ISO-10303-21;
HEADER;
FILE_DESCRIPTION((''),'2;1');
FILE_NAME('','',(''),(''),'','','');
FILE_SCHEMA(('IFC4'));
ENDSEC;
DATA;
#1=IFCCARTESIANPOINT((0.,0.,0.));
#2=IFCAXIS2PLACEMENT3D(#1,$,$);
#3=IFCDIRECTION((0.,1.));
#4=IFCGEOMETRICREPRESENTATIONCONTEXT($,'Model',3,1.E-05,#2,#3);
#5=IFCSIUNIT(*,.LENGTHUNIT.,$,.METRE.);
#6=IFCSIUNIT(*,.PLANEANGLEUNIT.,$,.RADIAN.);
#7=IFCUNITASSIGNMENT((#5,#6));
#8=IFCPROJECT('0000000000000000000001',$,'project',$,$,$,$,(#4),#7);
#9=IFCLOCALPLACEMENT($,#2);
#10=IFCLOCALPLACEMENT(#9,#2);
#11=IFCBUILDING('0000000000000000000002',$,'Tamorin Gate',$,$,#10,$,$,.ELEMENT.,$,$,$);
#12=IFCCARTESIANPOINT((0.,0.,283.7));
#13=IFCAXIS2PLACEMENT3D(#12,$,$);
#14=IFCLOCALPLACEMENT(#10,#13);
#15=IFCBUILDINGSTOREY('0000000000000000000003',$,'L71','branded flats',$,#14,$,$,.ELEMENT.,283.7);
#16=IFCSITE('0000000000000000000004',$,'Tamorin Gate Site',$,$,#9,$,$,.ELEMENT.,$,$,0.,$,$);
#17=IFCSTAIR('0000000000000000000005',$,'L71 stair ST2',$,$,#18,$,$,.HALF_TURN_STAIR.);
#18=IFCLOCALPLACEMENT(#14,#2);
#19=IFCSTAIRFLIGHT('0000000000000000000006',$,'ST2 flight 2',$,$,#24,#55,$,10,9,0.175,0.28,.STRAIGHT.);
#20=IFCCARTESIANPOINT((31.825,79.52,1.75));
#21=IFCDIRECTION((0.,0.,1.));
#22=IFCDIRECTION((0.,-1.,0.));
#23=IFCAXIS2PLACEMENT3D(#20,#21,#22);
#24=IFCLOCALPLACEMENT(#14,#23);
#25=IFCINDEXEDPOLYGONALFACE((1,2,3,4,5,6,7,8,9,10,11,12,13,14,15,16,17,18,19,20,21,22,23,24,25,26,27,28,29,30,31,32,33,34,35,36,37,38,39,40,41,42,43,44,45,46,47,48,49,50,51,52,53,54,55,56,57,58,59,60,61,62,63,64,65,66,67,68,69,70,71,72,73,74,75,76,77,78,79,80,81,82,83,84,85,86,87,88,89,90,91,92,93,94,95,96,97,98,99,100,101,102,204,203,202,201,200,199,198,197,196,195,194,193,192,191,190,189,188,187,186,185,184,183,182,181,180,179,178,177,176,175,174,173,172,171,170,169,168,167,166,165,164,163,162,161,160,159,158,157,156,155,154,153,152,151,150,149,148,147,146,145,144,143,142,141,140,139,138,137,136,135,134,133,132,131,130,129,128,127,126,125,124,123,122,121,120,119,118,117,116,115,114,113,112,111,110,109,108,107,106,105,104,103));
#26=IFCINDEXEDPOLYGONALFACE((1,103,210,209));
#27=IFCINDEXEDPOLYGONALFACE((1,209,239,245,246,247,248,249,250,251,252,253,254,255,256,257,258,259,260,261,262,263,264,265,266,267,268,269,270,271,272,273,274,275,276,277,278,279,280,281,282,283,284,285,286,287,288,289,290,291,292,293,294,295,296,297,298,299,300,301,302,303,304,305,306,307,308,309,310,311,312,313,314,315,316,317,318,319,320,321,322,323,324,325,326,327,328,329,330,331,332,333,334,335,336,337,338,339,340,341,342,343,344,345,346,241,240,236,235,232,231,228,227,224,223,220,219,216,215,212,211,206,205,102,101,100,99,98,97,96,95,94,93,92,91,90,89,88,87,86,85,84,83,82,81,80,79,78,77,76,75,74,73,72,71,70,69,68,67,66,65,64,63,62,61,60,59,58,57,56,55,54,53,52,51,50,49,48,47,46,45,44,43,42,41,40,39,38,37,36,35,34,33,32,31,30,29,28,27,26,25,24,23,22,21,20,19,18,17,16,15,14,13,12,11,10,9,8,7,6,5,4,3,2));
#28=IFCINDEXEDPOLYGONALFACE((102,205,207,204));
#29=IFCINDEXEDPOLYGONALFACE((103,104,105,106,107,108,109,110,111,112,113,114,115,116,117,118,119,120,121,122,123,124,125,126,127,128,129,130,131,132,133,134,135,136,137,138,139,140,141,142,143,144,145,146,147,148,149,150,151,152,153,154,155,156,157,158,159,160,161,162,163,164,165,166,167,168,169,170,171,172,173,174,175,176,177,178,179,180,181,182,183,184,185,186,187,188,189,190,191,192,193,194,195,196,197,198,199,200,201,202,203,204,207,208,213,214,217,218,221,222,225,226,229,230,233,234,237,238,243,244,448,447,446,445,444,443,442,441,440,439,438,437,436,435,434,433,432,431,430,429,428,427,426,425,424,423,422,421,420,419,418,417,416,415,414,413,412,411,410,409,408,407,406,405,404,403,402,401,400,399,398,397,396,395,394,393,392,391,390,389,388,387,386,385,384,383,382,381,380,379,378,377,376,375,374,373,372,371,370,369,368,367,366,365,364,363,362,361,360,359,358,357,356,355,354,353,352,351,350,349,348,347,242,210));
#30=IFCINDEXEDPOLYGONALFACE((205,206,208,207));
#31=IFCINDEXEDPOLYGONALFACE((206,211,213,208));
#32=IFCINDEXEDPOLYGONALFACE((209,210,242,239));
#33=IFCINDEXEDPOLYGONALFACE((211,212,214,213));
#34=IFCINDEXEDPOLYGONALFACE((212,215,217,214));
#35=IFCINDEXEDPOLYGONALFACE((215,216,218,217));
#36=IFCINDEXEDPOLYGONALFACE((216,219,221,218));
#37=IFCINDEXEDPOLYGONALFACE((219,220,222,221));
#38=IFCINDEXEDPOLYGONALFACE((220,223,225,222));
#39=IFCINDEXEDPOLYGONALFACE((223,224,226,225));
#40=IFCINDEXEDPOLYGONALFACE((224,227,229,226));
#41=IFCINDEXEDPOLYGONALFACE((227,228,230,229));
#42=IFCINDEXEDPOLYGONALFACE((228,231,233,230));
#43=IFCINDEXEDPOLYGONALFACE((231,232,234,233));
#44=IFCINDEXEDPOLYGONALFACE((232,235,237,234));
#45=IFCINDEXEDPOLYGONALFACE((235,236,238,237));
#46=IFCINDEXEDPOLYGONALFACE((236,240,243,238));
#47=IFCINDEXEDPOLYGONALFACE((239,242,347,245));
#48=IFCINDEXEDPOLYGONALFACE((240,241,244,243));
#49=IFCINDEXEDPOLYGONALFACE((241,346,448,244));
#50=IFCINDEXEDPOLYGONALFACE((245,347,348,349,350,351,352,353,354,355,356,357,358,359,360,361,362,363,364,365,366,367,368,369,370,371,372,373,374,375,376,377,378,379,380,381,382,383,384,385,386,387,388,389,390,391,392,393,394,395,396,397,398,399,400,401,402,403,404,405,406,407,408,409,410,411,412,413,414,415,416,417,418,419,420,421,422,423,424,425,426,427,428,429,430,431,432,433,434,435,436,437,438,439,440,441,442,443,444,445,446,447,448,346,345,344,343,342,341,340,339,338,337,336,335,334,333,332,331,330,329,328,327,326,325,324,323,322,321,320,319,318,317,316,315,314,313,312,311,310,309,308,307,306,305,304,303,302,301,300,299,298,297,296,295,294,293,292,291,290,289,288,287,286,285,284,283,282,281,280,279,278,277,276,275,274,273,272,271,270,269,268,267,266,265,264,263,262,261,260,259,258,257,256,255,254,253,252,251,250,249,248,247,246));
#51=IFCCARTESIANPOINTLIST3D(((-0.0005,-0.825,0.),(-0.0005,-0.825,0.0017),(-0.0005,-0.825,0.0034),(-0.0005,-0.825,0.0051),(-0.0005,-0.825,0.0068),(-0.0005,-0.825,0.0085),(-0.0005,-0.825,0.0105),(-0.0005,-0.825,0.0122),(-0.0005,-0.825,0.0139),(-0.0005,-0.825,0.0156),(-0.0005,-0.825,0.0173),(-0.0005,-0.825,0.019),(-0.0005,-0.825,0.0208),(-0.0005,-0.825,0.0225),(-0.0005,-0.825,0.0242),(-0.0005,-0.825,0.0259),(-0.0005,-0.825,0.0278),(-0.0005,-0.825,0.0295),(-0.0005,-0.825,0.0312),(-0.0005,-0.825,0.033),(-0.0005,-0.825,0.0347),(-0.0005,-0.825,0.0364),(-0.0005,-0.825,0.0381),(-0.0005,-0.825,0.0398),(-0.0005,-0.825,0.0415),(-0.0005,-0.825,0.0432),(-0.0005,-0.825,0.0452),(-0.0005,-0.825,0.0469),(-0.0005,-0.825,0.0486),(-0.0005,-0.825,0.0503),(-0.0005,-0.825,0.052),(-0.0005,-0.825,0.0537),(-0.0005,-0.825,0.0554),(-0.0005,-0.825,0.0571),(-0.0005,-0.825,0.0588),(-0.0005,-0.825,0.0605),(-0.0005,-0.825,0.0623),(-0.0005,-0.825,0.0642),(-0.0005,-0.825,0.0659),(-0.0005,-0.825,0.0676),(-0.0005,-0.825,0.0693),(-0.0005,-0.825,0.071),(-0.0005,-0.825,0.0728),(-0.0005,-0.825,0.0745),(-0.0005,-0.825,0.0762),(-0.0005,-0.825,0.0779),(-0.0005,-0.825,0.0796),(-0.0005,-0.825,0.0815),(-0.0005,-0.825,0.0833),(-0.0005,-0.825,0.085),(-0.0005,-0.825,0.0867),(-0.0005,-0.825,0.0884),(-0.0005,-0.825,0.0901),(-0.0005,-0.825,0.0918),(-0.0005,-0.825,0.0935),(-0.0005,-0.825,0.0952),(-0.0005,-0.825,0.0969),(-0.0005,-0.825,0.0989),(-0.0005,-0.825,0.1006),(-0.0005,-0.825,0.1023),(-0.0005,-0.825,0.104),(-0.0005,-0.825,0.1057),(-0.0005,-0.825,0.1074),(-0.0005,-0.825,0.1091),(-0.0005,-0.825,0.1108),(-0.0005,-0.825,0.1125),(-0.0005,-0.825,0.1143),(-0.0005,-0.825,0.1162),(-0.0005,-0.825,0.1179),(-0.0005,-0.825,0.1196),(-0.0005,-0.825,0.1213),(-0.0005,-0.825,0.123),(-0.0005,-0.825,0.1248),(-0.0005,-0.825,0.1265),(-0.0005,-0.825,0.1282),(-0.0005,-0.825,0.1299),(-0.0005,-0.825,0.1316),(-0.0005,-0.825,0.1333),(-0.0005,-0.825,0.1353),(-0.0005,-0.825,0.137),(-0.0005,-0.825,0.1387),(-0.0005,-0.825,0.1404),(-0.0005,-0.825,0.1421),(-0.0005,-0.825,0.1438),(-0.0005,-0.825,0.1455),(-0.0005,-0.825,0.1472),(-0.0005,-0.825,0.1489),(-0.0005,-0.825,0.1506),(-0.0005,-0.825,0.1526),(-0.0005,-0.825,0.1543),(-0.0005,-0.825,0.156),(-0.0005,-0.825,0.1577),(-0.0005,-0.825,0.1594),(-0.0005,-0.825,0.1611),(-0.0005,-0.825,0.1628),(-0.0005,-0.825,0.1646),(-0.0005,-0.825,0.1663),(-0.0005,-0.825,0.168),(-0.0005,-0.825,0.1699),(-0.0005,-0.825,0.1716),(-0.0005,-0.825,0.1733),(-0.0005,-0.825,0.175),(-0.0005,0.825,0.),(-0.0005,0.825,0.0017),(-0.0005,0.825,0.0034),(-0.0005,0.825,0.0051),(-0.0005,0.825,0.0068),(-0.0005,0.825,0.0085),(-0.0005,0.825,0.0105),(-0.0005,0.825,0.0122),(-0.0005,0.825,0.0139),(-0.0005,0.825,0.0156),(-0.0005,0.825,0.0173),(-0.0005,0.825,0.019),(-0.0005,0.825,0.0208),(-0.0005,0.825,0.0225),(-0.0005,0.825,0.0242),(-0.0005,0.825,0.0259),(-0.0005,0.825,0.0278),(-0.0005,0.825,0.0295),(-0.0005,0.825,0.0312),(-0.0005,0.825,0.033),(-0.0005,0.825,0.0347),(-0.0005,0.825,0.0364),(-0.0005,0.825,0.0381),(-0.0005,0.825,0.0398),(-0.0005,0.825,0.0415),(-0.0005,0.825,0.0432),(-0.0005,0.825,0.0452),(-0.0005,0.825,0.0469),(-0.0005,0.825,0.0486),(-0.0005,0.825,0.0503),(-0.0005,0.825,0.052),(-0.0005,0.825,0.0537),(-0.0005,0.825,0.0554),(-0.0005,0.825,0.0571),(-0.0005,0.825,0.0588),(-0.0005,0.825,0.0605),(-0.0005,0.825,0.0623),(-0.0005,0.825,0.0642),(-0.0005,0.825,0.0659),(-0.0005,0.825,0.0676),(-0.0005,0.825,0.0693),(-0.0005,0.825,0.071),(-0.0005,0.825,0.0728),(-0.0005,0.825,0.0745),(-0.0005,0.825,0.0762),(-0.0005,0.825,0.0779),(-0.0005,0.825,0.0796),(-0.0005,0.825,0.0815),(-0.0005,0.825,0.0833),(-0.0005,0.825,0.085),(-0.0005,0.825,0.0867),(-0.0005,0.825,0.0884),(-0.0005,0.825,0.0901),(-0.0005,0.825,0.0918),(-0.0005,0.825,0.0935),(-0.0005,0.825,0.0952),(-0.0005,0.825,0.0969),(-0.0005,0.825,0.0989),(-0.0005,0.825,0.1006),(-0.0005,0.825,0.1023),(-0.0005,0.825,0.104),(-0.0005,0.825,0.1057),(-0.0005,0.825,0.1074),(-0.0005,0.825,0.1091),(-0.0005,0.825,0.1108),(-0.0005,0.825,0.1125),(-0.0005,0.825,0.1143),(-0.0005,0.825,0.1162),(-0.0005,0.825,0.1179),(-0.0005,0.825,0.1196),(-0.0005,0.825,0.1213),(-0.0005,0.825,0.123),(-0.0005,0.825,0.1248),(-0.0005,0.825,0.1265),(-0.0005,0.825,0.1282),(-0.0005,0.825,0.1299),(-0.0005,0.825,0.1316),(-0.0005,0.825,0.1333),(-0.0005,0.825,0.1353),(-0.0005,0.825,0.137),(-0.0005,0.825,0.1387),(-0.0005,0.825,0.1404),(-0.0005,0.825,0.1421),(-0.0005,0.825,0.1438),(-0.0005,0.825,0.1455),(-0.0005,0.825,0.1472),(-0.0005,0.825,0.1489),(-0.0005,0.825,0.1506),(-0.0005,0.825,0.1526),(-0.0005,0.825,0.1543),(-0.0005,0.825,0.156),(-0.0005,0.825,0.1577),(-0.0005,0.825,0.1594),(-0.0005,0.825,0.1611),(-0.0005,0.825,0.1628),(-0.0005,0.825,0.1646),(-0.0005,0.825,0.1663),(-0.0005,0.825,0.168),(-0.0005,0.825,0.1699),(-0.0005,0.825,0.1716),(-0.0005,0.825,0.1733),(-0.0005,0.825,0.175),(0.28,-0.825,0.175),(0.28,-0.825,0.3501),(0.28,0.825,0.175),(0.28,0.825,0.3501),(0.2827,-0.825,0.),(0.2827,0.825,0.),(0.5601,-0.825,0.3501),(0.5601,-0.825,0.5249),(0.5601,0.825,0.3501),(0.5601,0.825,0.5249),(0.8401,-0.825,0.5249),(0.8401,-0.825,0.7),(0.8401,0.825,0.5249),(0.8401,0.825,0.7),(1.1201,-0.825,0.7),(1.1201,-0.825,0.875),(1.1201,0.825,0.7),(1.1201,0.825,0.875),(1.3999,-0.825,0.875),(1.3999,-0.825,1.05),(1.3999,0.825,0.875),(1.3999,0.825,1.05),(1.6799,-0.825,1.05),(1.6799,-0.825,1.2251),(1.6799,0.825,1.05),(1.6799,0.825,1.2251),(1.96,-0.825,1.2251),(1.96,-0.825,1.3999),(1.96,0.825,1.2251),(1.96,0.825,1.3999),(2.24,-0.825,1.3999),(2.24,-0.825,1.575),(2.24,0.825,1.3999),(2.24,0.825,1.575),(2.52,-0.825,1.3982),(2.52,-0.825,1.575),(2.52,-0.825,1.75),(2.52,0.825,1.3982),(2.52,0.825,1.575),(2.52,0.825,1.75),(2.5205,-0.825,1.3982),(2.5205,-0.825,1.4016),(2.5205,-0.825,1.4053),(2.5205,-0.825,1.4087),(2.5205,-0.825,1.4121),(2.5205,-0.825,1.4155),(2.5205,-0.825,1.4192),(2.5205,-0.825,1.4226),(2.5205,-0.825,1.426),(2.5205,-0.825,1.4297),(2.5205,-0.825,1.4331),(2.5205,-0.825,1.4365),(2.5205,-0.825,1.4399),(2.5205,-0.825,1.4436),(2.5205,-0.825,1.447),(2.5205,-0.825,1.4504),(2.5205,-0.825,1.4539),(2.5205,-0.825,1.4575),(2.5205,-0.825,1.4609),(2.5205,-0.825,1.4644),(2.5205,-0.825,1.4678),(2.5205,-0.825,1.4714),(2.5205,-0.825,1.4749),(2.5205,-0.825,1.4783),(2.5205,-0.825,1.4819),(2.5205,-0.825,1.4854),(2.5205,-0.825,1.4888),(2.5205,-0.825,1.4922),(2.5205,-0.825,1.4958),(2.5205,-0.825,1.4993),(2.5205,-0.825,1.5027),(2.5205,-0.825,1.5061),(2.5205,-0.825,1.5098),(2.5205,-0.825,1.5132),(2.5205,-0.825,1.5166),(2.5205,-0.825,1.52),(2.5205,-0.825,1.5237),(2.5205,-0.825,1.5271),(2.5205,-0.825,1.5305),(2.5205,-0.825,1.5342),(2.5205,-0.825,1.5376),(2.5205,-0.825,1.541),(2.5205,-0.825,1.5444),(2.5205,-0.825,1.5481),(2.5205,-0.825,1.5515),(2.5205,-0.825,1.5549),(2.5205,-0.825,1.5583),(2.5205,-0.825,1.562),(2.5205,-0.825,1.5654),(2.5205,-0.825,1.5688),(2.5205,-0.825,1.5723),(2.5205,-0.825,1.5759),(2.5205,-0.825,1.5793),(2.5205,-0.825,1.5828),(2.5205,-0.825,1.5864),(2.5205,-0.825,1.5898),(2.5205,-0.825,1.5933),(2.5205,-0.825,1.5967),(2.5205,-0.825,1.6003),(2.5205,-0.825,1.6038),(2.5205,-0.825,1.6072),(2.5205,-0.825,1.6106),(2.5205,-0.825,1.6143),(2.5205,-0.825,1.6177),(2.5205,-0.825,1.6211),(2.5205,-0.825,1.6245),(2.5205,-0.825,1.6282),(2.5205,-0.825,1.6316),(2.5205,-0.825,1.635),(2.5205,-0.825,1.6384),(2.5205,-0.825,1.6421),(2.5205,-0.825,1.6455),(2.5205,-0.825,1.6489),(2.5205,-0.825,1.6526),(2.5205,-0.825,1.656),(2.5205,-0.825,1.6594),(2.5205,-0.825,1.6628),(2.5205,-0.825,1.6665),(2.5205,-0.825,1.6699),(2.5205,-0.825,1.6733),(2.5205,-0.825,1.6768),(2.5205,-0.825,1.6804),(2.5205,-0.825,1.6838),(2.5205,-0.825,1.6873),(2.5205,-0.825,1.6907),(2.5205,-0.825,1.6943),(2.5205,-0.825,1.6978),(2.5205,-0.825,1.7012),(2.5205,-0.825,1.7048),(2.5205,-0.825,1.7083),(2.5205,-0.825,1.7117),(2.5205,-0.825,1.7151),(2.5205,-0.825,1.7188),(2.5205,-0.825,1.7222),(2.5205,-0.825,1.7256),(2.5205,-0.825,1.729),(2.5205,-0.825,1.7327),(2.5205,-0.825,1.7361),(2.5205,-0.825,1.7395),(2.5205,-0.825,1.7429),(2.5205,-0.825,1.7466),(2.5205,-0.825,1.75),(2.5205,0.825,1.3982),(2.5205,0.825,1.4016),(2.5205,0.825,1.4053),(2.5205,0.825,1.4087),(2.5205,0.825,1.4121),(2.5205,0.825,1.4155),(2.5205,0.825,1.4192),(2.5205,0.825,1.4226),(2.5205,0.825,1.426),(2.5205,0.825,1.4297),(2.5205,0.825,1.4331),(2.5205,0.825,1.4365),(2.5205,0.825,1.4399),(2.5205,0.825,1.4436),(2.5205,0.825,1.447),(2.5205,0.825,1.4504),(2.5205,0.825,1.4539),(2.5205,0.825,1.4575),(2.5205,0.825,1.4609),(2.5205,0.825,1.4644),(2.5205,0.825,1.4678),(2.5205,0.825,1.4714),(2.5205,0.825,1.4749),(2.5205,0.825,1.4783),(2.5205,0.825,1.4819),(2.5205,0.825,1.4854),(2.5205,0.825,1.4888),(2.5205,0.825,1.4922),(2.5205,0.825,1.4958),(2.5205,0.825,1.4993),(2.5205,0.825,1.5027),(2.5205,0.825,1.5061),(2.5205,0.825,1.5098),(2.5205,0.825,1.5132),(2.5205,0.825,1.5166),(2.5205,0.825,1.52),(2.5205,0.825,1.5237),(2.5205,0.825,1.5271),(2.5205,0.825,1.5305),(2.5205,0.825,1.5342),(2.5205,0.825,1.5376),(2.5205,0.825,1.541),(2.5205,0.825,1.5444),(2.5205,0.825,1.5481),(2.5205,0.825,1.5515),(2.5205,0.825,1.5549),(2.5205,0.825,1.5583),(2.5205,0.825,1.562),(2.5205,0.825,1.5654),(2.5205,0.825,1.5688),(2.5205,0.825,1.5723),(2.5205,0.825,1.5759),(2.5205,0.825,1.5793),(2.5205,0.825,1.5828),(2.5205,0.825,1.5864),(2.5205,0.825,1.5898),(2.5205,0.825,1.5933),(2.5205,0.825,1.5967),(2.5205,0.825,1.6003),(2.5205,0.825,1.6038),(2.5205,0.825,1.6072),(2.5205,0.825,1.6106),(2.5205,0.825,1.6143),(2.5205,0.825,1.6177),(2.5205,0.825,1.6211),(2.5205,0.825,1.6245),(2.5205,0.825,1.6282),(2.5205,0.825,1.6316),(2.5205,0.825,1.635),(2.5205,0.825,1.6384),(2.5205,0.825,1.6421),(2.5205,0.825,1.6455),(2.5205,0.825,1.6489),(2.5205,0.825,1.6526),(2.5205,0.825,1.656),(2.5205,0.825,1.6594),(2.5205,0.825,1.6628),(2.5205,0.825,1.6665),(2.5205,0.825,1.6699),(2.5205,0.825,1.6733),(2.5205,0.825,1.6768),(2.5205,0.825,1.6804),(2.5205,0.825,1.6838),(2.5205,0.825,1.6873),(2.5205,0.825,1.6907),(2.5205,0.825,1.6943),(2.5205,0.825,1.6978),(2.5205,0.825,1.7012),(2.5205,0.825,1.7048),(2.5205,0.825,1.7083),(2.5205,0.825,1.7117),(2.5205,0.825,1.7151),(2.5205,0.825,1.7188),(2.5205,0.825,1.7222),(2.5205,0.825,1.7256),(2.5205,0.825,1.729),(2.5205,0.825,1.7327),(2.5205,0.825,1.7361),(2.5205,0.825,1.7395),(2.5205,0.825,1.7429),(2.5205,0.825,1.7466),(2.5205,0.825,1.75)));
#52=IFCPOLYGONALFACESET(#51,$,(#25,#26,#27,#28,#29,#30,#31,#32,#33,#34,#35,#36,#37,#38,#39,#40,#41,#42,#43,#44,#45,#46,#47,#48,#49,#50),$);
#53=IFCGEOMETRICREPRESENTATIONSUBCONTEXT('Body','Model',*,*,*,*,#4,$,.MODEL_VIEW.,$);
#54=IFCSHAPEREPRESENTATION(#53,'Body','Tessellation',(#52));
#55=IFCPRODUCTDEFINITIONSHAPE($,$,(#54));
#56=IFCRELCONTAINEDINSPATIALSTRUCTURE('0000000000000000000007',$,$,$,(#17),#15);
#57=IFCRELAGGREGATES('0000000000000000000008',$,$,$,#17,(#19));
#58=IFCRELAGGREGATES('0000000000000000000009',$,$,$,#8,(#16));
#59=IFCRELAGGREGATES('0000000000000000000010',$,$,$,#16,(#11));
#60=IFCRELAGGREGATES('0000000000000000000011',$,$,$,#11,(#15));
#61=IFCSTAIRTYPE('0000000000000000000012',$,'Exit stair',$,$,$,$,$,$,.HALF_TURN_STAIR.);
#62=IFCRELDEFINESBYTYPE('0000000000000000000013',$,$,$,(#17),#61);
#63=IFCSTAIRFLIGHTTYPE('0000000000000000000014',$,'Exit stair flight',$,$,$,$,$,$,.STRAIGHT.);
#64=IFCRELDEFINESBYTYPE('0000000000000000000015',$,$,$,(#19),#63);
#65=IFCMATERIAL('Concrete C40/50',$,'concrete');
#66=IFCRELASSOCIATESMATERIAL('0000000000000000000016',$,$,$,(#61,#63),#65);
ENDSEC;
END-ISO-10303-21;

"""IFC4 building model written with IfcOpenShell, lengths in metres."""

from ifc_helpers import new_model, si_unit, direction, frame, origin, place, context, subcontext, project, spatial, polyline, outline, extrude, material, type_object, element, aggregate, save


model = new_model("IFC4")

# Units and contexts
model_context = context("Model", 3, precision=1e-05, world=origin(), true_north=direction((0.0, 1.0)))
body_context = subcontext(model_context, "Body", "Model", "MODEL_VIEW")
ifc_project = project(units=[si_unit("LENGTHUNIT", "METRE"), si_unit("PLANEANGLEUNIT", "RADIAN")], contexts=[model_context])

# Site, building, storey
site_placement = place(None, origin())
site = spatial("IfcSite", under=ifc_project, at=site_placement, Name="Tamorin Gate Site", CompositionType="ELEMENT", RefElevation=0.0)
building_placement = place(site_placement, origin())
building = spatial("IfcBuilding", under=site, at=building_placement, Name="Tamorin Gate", CompositionType="ELEMENT")
storey_placement = place(building_placement, frame((0.0, 0.0, 283.7)))
storey = spatial("IfcBuildingStorey", under=building, at=storey_placement, Name="L71", Description="branded flats", CompositionType="ELEMENT", Elevation=283.7)

# Stair, stair flight
ifc_material_1 = material(Name="Concrete C40/50", Category="concrete")
stair_type = type_object("IfcStairType", Name="Exit stair", PredefinedType="HALF_TURN_STAIR", material=ifc_material_1)
stair_placement = place(storey_placement, origin())
stair = element("IfcStair", 1, at=stair_placement, inside=storey, type_object=stair_type, Name="L71 stair ST2", PredefinedType="HALF_TURN_STAIR")
stair_flight_type = type_object("IfcStairFlightType", Name="Exit stair flight", PredefinedType="STRAIGHT", material=ifc_material_1)
stair_flight_placement = place(storey_placement, frame((31.825, 79.52, 1.75), z_axis=(0.0, 0.0, 1.0), x_axis=(0.0, -1.0, 0.0)))
stair_flight = element("IfcStairFlight", 2, at=stair_flight_placement, type_object=stair_flight_type, Name="ST2 flight 2", NumberOfRisers=10, NumberOfTreads=9, PredefinedType="STRAIGHT", RiserHeight=0.175, TreadLength=0.28, context=body_context, shape_type="SweptSolid", body=[
    extrude(outline(polyline([(-0.0005, 0.0), (-0.0005, 0.0017), (-0.0005, 0.0034), (-0.0005, 0.0051), (-0.0005, 0.0068), (-0.0005, 0.0085), (-0.0005, 0.0105), (-0.0005, 0.0122), (-0.0005, 0.0139), (-0.0005, 0.0156), (-0.0005, 0.0173), (-0.0005, 0.019), (-0.0005, 0.0208), (-0.0005, 0.0225), (-0.0005, 0.0242), (-0.0005, 0.0259), (-0.0005, 0.0278), (-0.0005, 0.0295), (-0.0005, 0.0312), (-0.0005, 0.033), (-0.0005, 0.0347), (-0.0005, 0.0364), (-0.0005, 0.0381), (-0.0005, 0.0398), (-0.0005, 0.0415), (-0.0005, 0.0432), (-0.0005, 0.0452), (-0.0005, 0.0469), (-0.0005, 0.0486), (-0.0005, 0.0503), (-0.0005, 0.052), (-0.0005, 0.0537), (-0.0005, 0.0554), (-0.0005, 0.0571), (-0.0005, 0.0588), (-0.0005, 0.0605), (-0.0005, 0.0623), (-0.0005, 0.0642), (-0.0005, 0.0659), (-0.0005, 0.0676), (-0.0005, 0.0693), (-0.0005, 0.071), (-0.0005, 0.0728), (-0.0005, 0.0745), (-0.0005, 0.0762), (-0.0005, 0.0779), (-0.0005, 0.0796), (-0.0005, 0.0815), (-0.0005, 0.0833), (-0.0005, 0.085), (-0.0005, 0.0867), (-0.0005, 0.0884), (-0.0005, 0.0901), (-0.0005, 0.0918), (-0.0005, 0.0935), (-0.0005, 0.0952), (-0.0005, 0.0969), (-0.0005, 0.0989), (-0.0005, 0.1006), (-0.0005, 0.1023), (-0.0005, 0.104), (-0.0005, 0.1057), (-0.0005, 0.1074), (-0.0005, 0.1091), (-0.0005, 0.1108), (-0.0005, 0.1125), (-0.0005, 0.1143), (-0.0005, 0.1162), (-0.0005, 0.1179), (-0.0005, 0.1196), (-0.0005, 0.1213), (-0.0005, 0.123), (-0.0005, 0.1248), (-0.0005, 0.1265), (-0.0005, 0.1282), (-0.0005, 0.1299), (-0.0005, 0.1316), (-0.0005, 0.1333), (-0.0005, 0.1353), (-0.0005, 0.137), (-0.0005, 0.1387), (-0.0005, 0.1404), (-0.0005, 0.1421), (-0.0005, 0.1438), (-0.0005, 0.1455), (-0.0005, 0.1472), (-0.0005, 0.1489), (-0.0005, 0.1506), (-0.0005, 0.1526), (-0.0005, 0.1543), (-0.0005, 0.156), (-0.0005, 0.1577), (-0.0005, 0.1594), (-0.0005, 0.1611), (-0.0005, 0.1628), (-0.0005, 0.1646), (-0.0005, 0.1663), (-0.0005, 0.168), (-0.0005, 0.1699), (-0.0005, 0.1716), (-0.0005, 0.1733), (-0.0005, 0.175), (0.28, 0.175), (0.28, 0.3501), (0.5601, 0.3501), (0.5601, 0.5249), (0.8401, 0.5249), (0.8401, 0.7), (1.1201, 0.7), (1.1201, 0.875), (1.3999, 0.875), (1.3999, 1.05), (1.6799, 1.05), (1.6799, 1.2251), (1.96, 1.2251), (1.96, 1.3999), (2.24, 1.3999), (2.24, 1.575), (2.52, 1.575), (2.52, 1.75), (2.5205, 1.75), (2.5205, 1.7466), (2.5205, 1.7429), (2.5205, 1.7395), (2.5205, 1.7361), (2.5205, 1.7327), (2.5205, 1.729), (2.5205, 1.7256), (2.5205, 1.7222), (2.5205, 1.7188), (2.5205, 1.7151), (2.5205, 1.7117), (2.5205, 1.7083), (2.5205, 1.7048), (2.5205, 1.7012), (2.5205, 1.6978), (2.5205, 1.6943), (2.5205, 1.6907), (2.5205, 1.6873), (2.5205, 1.6838), (2.5205, 1.6804), (2.5205, 1.6768), (2.5205, 1.6733), (2.5205, 1.6699), (2.5205, 1.6665), (2.5205, 1.6628), (2.5205, 1.6594), (2.5205, 1.656), (2.5205, 1.6526), (2.5205, 1.6489), (2.5205, 1.6455), (2.5205, 1.6421), (2.5205, 1.6384), (2.5205, 1.635), (2.5205, 1.6316), (2.5205, 1.6282), (2.5205, 1.6245), (2.5205, 1.6211), (2.5205, 1.6177), (2.5205, 1.6143), (2.5205, 1.6106), (2.5205, 1.6072), (2.5205, 1.6038), (2.5205, 1.6003), (2.5205, 1.5967), (2.5205, 1.5933), (2.5205, 1.5898), (2.5205, 1.5864), (2.5205, 1.5828), (2.5205, 1.5793), (2.5205, 1.5759), (2.5205, 1.5723), (2.5205, 1.5688), (2.5205, 1.5654), (2.5205, 1.562), (2.5205, 1.5583), (2.5205, 1.5549), (2.5205, 1.5515), (2.5205, 1.5481), (2.5205, 1.5444), (2.5205, 1.541), (2.5205, 1.5376), (2.5205, 1.5342), (2.5205, 1.5305), (2.5205, 1.5271), (2.5205, 1.5237), (2.5205, 1.52), (2.5205, 1.5166), (2.5205, 1.5132), (2.5205, 1.5098), (2.5205, 1.5061), (2.5205, 1.5027), (2.5205, 1.4993), (2.5205, 1.4958), (2.5205, 1.4922), (2.5205, 1.4888), (2.5205, 1.4854), (2.5205, 1.4819), (2.5205, 1.4783), (2.5205, 1.4749), (2.5205, 1.4714), (2.5205, 1.4678), (2.5205, 1.4644), (2.5205, 1.4609), (2.5205, 1.4575), (2.5205, 1.4539), (2.5205, 1.4504), (2.5205, 1.447), (2.5205, 1.4436), (2.5205, 1.4399), (2.5205, 1.4365), (2.5205, 1.4331), (2.5205, 1.4297), (2.5205, 1.426), (2.5205, 1.4226), (2.5205, 1.4192), (2.5205, 1.4155), (2.5205, 1.4121), (2.5205, 1.4087), (2.5205, 1.4053), (2.5205, 1.4016), (2.5205, 1.3982), (2.52, 1.3982), (0.2827, 0.0), (-0.0005, 0.0)])), frame((0.0, 0.825, 0.0), z_axis=(0.0, -1.0, 0.0), x_axis=(1.0, 0.0, 0.0)), (0.0, 0.0, 1.0), 1.6499),
])
aggregate(stair, [stair_flight])

save(model, "model.ifc")
